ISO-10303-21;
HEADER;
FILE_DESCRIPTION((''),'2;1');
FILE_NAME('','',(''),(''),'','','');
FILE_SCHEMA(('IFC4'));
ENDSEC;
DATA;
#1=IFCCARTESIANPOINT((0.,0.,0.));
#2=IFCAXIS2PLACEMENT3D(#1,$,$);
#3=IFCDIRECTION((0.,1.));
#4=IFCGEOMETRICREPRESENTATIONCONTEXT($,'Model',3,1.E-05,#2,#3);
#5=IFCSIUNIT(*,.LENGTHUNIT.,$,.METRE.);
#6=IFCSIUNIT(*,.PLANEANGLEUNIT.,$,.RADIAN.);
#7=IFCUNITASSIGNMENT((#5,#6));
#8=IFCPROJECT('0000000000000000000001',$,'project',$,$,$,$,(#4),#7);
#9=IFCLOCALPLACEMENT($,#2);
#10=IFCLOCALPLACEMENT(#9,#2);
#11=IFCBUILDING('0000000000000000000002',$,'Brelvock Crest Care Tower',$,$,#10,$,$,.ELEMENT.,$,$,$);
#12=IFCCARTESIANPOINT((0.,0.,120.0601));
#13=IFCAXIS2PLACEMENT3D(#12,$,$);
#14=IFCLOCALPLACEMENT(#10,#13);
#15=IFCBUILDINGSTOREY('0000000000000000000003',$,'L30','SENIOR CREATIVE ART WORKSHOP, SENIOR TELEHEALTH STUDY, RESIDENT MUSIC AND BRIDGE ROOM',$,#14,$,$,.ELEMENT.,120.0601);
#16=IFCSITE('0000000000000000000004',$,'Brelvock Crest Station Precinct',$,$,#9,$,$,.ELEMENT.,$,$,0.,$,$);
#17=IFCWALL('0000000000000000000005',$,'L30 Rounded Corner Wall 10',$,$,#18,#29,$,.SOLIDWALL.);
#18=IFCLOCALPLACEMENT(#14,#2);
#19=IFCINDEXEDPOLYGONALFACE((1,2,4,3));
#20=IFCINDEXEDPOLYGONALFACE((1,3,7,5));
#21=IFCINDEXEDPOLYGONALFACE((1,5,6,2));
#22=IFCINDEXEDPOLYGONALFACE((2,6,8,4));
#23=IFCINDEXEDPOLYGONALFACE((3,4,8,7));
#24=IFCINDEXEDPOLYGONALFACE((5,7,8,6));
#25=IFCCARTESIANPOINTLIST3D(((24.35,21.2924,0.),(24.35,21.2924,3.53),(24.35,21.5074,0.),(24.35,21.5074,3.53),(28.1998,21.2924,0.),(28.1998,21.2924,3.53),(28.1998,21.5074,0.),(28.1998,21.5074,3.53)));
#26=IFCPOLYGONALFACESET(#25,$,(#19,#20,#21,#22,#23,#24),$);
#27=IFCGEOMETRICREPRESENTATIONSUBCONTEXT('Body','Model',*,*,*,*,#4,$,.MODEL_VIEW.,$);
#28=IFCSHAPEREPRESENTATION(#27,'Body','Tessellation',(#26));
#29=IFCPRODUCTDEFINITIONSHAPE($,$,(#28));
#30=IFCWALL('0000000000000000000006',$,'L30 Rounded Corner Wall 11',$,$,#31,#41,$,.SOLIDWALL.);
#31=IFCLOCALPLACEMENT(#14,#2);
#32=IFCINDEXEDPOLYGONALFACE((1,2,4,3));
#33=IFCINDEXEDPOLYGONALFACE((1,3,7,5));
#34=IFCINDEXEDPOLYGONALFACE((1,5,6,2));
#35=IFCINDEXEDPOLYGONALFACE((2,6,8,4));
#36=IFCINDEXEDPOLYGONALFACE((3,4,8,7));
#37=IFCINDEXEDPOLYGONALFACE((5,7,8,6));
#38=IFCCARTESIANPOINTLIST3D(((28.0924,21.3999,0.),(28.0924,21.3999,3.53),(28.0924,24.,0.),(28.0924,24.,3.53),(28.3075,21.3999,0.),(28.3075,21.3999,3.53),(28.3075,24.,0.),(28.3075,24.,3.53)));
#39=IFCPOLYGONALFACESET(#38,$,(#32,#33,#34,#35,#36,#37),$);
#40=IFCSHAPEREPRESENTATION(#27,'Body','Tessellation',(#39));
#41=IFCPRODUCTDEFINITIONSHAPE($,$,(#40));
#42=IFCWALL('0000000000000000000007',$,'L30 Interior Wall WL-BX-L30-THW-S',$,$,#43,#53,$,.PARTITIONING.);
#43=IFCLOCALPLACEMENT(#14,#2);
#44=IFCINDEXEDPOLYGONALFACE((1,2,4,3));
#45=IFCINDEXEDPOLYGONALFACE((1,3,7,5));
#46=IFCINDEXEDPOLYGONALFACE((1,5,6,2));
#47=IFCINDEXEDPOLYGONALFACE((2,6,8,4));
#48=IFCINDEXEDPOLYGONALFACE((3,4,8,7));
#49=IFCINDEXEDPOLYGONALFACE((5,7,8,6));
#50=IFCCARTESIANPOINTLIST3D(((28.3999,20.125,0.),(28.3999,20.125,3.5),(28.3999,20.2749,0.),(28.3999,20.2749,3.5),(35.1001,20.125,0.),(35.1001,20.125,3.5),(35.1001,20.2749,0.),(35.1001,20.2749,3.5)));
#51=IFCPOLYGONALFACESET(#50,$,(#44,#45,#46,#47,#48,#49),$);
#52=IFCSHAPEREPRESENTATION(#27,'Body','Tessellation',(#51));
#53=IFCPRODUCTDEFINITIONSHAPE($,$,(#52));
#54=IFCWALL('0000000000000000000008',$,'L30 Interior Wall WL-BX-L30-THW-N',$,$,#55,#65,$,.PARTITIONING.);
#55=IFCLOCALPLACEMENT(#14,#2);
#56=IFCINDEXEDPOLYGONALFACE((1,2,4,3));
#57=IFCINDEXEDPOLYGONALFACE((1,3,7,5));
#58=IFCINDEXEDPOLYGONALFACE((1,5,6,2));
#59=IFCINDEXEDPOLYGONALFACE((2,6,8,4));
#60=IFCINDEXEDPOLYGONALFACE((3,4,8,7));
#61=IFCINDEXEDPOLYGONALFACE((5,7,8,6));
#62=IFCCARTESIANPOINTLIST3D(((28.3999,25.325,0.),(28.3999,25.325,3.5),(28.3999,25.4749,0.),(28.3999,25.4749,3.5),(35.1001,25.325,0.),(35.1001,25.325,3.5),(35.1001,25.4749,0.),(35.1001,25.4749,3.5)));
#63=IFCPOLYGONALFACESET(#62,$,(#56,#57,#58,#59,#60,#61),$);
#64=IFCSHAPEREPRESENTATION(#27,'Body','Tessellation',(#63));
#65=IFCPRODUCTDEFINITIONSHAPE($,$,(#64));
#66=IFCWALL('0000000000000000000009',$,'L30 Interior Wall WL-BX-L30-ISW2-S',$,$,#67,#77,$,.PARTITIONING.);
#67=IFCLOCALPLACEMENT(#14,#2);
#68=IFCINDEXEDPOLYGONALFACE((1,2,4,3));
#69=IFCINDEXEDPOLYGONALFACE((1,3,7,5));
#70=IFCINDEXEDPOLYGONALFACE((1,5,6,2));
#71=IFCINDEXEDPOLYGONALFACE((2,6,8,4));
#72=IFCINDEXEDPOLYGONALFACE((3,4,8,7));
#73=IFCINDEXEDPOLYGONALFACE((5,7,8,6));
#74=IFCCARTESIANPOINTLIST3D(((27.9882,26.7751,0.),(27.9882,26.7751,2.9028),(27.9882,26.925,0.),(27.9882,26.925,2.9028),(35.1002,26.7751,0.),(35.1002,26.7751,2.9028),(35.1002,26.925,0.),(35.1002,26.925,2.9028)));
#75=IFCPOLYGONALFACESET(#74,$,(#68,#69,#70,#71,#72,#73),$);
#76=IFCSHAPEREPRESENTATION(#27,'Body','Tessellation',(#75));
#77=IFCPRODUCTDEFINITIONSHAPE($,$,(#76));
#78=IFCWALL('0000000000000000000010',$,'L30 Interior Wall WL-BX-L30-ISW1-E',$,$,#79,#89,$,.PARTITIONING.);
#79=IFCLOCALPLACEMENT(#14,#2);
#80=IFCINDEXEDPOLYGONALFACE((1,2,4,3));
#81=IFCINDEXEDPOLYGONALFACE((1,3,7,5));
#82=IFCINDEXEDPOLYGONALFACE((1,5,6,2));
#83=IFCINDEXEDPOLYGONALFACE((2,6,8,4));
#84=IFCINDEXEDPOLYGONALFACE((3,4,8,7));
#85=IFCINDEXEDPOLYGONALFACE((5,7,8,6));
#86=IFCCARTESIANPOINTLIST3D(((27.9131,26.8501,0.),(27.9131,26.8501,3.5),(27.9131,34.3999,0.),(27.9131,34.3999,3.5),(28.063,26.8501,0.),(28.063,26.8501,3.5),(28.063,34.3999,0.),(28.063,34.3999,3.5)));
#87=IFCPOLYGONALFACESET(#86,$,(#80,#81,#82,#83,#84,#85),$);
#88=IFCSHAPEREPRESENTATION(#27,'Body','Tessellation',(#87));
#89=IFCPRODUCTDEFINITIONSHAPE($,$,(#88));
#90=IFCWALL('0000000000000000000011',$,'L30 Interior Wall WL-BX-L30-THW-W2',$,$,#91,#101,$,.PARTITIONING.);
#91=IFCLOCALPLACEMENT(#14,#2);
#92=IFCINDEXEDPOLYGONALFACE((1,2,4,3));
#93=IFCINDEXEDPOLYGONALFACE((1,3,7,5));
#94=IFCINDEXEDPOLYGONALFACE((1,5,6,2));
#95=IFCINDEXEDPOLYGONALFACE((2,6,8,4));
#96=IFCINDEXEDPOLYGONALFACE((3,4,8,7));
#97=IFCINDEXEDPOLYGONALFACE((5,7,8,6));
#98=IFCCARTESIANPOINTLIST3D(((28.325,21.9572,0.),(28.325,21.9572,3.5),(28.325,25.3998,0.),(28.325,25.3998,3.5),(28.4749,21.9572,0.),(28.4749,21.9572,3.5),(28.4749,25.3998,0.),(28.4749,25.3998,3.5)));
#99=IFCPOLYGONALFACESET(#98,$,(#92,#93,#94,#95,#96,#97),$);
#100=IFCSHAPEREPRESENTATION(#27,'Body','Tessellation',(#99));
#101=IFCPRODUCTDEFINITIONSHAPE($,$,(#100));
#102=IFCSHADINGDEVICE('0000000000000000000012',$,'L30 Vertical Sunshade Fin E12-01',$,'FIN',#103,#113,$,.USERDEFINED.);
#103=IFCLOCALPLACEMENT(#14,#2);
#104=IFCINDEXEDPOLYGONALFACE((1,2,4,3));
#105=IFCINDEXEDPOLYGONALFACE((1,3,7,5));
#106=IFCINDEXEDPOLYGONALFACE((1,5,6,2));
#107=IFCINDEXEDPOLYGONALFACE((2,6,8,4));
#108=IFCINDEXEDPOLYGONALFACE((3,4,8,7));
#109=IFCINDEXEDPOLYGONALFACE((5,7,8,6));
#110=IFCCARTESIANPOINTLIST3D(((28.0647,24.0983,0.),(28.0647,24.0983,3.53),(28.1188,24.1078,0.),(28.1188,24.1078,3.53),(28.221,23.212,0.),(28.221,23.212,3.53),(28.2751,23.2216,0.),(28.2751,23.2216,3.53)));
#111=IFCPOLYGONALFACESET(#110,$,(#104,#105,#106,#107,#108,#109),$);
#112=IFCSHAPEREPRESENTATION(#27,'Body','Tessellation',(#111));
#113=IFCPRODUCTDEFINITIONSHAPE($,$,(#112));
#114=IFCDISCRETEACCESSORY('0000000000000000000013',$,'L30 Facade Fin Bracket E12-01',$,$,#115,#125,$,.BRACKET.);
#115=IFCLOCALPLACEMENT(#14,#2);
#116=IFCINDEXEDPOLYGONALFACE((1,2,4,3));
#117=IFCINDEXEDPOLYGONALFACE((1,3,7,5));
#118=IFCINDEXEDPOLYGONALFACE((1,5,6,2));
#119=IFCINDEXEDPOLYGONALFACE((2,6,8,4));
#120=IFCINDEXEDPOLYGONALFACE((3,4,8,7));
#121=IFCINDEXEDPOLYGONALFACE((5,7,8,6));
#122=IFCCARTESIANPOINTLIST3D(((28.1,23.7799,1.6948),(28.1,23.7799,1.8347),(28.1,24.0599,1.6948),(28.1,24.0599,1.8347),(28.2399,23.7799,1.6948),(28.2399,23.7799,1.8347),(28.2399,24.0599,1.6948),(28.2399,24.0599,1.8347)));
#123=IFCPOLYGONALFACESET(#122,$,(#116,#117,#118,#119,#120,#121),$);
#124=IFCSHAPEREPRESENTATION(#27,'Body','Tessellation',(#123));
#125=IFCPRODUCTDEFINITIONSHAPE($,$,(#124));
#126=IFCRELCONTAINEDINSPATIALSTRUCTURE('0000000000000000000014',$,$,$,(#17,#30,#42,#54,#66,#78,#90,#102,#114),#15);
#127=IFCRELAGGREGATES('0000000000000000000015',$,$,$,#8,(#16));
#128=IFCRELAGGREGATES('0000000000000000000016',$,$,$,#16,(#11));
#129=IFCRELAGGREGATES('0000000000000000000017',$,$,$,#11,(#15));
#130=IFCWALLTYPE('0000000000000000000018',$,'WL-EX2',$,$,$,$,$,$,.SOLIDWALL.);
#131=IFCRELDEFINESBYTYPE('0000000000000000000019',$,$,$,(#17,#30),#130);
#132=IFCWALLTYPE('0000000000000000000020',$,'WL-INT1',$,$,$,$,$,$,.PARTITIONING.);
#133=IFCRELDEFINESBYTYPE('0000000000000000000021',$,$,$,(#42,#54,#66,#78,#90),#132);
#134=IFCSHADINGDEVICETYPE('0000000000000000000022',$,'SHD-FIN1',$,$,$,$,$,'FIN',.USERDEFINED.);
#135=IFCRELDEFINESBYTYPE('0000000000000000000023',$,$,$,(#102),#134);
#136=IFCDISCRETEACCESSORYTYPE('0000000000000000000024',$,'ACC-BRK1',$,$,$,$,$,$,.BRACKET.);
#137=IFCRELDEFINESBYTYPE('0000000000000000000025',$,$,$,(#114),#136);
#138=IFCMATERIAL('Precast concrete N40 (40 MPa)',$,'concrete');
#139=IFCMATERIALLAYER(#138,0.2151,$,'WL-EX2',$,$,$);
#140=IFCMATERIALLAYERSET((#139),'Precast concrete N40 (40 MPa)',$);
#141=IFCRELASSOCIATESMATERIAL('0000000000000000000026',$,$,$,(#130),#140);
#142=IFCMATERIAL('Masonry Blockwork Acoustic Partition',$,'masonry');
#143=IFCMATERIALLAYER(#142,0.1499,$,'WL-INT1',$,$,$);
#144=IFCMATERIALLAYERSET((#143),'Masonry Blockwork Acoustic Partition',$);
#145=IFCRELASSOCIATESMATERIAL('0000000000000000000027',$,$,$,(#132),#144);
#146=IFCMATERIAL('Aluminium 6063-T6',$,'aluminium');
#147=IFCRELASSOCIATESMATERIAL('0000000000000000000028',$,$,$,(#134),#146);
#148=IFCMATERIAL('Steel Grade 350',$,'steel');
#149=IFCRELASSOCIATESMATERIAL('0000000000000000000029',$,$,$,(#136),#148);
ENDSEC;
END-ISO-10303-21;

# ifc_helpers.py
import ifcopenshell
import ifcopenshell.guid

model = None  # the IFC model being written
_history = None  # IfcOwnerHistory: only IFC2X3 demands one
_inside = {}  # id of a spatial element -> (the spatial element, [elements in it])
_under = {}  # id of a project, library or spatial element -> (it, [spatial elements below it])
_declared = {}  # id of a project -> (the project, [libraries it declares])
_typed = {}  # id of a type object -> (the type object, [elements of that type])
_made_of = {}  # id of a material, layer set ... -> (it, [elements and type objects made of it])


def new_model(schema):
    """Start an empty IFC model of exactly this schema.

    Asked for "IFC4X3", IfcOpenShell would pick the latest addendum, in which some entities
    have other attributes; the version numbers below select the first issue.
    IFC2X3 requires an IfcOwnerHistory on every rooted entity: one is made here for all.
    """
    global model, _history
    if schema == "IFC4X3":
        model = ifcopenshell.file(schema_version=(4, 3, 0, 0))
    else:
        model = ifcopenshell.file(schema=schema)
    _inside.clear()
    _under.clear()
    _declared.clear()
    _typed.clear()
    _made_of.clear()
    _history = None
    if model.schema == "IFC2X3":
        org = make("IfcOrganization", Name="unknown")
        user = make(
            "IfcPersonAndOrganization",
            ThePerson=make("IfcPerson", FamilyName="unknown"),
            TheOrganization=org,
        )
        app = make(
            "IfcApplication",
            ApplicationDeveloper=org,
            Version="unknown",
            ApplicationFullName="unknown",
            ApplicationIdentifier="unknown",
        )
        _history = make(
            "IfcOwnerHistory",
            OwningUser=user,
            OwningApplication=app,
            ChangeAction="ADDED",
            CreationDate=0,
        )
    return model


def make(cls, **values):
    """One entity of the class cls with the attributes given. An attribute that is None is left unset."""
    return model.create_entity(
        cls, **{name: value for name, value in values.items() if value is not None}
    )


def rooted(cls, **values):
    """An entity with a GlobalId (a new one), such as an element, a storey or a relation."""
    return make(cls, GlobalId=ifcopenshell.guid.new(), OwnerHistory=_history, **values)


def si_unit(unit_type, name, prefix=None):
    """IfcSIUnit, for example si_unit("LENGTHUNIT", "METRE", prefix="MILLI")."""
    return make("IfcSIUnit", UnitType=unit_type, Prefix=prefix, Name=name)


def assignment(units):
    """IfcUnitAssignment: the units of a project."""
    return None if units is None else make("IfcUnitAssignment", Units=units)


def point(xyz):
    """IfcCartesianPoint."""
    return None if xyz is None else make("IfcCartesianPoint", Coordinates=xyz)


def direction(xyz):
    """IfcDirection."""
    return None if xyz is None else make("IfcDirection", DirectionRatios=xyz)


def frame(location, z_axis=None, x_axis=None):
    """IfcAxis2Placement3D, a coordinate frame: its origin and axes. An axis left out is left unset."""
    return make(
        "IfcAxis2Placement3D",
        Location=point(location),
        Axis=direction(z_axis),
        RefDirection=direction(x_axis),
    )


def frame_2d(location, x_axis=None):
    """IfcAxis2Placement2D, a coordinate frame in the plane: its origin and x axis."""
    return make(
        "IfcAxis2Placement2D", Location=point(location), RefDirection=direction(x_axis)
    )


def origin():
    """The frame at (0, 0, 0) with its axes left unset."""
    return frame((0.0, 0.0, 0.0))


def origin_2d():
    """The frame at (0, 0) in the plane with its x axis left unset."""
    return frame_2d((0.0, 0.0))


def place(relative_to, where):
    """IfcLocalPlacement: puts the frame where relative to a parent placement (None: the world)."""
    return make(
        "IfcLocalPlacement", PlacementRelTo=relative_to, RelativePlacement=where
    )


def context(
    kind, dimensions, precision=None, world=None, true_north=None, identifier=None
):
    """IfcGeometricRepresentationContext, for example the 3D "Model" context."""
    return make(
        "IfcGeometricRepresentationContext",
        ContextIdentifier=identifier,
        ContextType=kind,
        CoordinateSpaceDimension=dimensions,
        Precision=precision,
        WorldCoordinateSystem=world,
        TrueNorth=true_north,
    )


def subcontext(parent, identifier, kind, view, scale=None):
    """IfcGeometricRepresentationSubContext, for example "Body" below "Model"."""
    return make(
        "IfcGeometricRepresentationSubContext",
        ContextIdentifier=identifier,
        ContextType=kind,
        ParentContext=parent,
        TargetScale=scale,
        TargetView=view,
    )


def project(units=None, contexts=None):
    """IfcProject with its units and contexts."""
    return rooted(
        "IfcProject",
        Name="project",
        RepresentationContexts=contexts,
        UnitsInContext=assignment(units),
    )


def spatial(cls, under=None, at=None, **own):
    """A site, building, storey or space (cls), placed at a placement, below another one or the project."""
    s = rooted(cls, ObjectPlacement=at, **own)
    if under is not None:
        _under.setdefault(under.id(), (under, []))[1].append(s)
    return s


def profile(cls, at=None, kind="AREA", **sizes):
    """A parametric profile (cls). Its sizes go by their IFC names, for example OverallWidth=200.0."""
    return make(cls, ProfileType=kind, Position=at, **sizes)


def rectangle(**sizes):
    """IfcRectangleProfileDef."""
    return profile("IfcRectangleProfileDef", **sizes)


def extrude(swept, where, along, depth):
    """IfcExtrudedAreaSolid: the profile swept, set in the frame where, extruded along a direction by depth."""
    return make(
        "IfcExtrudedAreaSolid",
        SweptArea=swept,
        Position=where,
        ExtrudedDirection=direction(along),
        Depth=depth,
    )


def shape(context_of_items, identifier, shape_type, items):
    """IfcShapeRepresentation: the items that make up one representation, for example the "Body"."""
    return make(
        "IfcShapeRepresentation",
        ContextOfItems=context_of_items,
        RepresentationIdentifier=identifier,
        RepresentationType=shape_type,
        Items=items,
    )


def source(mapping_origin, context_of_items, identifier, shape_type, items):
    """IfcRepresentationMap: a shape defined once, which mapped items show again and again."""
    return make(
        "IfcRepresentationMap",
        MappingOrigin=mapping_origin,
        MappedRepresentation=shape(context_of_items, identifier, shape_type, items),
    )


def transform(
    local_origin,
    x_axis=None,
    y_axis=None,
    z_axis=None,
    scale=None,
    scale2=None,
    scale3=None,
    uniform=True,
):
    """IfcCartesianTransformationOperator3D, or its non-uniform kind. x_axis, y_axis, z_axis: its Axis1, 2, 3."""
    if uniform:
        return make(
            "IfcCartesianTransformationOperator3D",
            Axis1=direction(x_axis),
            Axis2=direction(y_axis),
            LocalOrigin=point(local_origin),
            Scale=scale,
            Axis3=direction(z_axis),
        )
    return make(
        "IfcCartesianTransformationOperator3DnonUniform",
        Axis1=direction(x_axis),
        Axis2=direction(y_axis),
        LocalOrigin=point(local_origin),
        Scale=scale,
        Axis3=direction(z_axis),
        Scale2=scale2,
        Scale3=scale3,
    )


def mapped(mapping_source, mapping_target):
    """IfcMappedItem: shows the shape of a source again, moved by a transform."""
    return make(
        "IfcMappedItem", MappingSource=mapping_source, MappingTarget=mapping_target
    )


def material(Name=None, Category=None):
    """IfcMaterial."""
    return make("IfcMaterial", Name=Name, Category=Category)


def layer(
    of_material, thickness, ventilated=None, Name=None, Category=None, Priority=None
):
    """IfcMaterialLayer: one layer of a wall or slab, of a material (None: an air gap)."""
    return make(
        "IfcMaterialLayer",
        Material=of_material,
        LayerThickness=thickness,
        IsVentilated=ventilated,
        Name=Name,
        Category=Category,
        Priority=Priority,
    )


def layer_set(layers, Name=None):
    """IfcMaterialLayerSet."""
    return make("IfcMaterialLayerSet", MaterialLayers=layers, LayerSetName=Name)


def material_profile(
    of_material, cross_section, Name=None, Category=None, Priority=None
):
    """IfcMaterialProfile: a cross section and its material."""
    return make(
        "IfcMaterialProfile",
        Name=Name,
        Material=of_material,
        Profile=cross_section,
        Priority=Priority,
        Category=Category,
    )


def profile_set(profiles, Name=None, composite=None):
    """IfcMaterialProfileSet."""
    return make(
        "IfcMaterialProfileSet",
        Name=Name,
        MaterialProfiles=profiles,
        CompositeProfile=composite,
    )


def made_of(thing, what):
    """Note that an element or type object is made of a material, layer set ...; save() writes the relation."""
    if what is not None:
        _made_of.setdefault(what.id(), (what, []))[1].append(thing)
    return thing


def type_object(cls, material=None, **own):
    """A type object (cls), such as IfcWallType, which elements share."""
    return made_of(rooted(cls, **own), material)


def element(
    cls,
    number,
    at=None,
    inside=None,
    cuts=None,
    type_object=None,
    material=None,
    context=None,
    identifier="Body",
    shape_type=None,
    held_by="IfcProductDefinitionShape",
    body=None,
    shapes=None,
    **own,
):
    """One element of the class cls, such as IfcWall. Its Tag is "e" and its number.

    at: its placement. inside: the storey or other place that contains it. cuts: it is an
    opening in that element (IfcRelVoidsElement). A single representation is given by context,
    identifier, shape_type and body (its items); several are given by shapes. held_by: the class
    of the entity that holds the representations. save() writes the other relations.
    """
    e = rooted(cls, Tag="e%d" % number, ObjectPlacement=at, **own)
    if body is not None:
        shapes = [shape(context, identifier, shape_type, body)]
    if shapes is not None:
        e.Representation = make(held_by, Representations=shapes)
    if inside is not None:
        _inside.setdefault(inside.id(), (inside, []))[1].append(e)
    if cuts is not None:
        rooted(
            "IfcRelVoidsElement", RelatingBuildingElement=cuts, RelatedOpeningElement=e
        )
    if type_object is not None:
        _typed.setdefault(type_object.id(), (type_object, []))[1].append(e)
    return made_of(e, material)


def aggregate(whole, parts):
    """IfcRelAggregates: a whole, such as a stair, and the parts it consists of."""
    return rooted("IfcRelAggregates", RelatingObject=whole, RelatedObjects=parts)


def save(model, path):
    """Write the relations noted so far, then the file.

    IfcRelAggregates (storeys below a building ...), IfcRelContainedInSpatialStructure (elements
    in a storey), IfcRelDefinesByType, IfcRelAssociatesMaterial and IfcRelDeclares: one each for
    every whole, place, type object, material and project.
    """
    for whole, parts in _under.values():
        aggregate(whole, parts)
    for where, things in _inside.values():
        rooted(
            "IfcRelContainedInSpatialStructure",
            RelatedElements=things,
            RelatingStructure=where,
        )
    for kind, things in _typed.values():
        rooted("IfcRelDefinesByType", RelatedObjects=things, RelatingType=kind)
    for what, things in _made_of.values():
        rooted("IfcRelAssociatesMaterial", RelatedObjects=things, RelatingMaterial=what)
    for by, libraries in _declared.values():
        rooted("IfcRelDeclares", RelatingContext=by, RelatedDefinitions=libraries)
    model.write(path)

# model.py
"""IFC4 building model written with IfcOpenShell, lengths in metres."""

from ifc_helpers import new_model, si_unit, direction, frame, frame_2d, origin, origin_2d, place, context, subcontext, project, spatial, rectangle, extrude, source, transform, mapped, material, layer, layer_set, material_profile, profile_set, type_object, element, save


model = new_model("IFC4")

# Units and contexts
model_context = context("Model", 3, precision=1e-05, world=origin(), true_north=direction((0.0, 1.0)))
body_context = subcontext(model_context, "Body", "Model", "MODEL_VIEW")
ifc_project = project(units=[si_unit("LENGTHUNIT", "METRE"), si_unit("PLANEANGLEUNIT", "RADIAN")], contexts=[model_context])

# Site, building, storey
site_placement = place(None, origin())
site = spatial("IfcSite", under=ifc_project, at=site_placement, Name="Brelvock Crest Station Precinct", CompositionType="ELEMENT", RefElevation=0.0)
building_placement = place(site_placement, origin())
building = spatial("IfcBuilding", under=site, at=building_placement, Name="Brelvock Crest Care Tower", CompositionType="ELEMENT")
storey_placement = place(building_placement, frame((0.0, 0.0, 120.0601)))
storey = spatial("IfcBuildingStorey", under=building, at=storey_placement, Name="L30", Description="SENIOR CREATIVE ART WORKSHOP, SENIOR TELEHEALTH STUDY, RESIDENT MUSIC AND BRIDGE ROOM", CompositionType="ELEMENT", Elevation=120.0601)

# Shared definitions
ifc_material_1 = material(Name="Steel Grade 350", Category="steel")

# Shared definitions
ifc_material_2 = material(Name="Aluminium 6063-T6", Category="aluminium")

# Walls
ifc_material_3 = material(Name="Precast concrete N40 (40 MPa)", Category="concrete")
ifc_layer_1 = layer(ifc_material_3, 0.2151, Name="WL-EX2")
ifc_layer_set_1 = layer_set([ifc_layer_1], Name="Precast concrete N40 (40 MPa)")
wall_type_1 = type_object("IfcWallType", Name="WL-EX2", PredefinedType="SOLIDWALL", material=ifc_layer_set_1)
wall_1_placement = place(storey_placement, frame((24.3501, 21.3999, 0.0), z_axis=(0.0, 0.0, 1.0), x_axis=(1.0, 0.0, 0.0)))
element("IfcWall", 1, at=wall_1_placement, inside=storey, type_object=wall_type_1, Name="L30 Rounded Corner Wall 10", PredefinedType="SOLIDWALL", context=body_context, shape_type="SweptSolid", body=[
    extrude(rectangle(XDim=3.8499, YDim=0.2151, at=frame_2d((1.9248, 0.0))), origin(), (0.0, 0.0, 1.0), 3.53),
])
wall_2_placement = place(storey_placement, frame((28.2, 21.3999, 0.0), z_axis=(0.0, 0.0, 1.0), x_axis=(0.0, 1.0, 0.0)))
element("IfcWall", 2, at=wall_2_placement, inside=storey, type_object=wall_type_1, Name="L30 Rounded Corner Wall 11", PredefinedType="SOLIDWALL", context=body_context, shape_type="SweptSolid", body=[
    extrude(rectangle(XDim=2.6001, YDim=0.2151, at=frame_2d((1.3, 0.0))), origin(), (0.0, 0.0, 1.0), 3.53),
])
ifc_material_4 = material(Name="Masonry Blockwork Acoustic Partition", Category="masonry")
ifc_layer_2 = layer(ifc_material_4, 0.1499, Name="WL-INT1")
ifc_layer_set_2 = layer_set([ifc_layer_2], Name="Masonry Blockwork Acoustic Partition")
wall_type_2 = type_object("IfcWallType", Name="WL-INT1", PredefinedType="PARTITIONING", material=ifc_layer_set_2)
for number, where, z_axis, x_axis, name in (
    (3, (28.3999, 20.2, 0.0), (0.0, 0.0, 1.0), (1.0, 0.0, 0.0), "L30 Interior Wall WL-BX-L30-THW-S"),
    (4, (28.3999, 25.3999, 0.0), (0.0, 0.0, 1.0), (1.0, 0.0, 0.0), "L30 Interior Wall WL-BX-L30-THW-N"),
):
    element("IfcWall", number, at=place(storey_placement, frame(where, z_axis=z_axis, x_axis=x_axis)), inside=storey, type_object=wall_type_2, Name=name, PredefinedType="PARTITIONING", context=body_context, shape_type="SweptSolid", body=[
        extrude(rectangle(XDim=6.7002, YDim=0.1499, at=frame_2d((3.3501, 0.0))), origin(), (0.0, 0.0, 1.0), 3.5),
    ])
wall_3_placement = place(storey_placement, frame((27.988, 26.8501, 0.0), z_axis=(0.0, 0.0, 1.0), x_axis=(1.0, 0.0, 0.0)))
element("IfcWall", 5, at=wall_3_placement, inside=storey, type_object=wall_type_2, Name="L30 Interior Wall WL-BX-L30-ISW2-S", PredefinedType="PARTITIONING", context=body_context, shape_type="SweptSolid", body=[
    extrude(rectangle(XDim=7.1121, YDim=0.1499, at=frame_2d((3.5562, 0.0))), origin(), (0.0, 0.0, 1.0), 2.9028),
])
wall_4_placement = place(storey_placement, frame((27.988, 26.8501, 0.0), z_axis=(0.0, 0.0, 1.0), x_axis=(0.0, 1.0, 0.0)))
element("IfcWall", 6, at=wall_4_placement, inside=storey, type_object=wall_type_2, Name="L30 Interior Wall WL-BX-L30-ISW1-E", PredefinedType="PARTITIONING", context=body_context, shape_type="SweptSolid", body=[
    extrude(rectangle(XDim=7.5498, YDim=0.1499, at=frame_2d((3.7749, 0.0))), origin(), (0.0, 0.0, 1.0), 3.5),
])
wall_5_placement = place(storey_placement, frame((28.3999, 21.9573, 0.0), z_axis=(0.0, 0.0, 1.0), x_axis=(0.0, 1.0, 0.0)))
element("IfcWall", 7, at=wall_5_placement, inside=storey, type_object=wall_type_2, Name="L30 Interior Wall WL-BX-L30-THW-W2", PredefinedType="PARTITIONING", context=body_context, shape_type="SweptSolid", body=[
    extrude(rectangle(XDim=3.4426, YDim=0.1499, at=frame_2d((1.7212, 0.0))), origin(), (0.0, 0.0, 1.0), 3.5),
])

# Shading device
ifc_material_profile_1 = material_profile(ifc_material_2, rectangle(XDim=0.0549, YDim=0.8999, at=origin_2d()), Name="FIN55x900")
ifc_profile_set_1 = profile_set([ifc_material_profile_1], Name="Aluminium 6063-T6")
shading_device_type = type_object("IfcShadingDeviceType", Name="SHD-FIN1", ElementType="FIN", PredefinedType="USERDEFINED", material=ifc_profile_set_1)
shared_shape_1 = source(origin(), body_context, "Body", "SweptSolid", [
    extrude(rectangle(XDim=0.0549, YDim=0.8999, at=origin_2d()), origin(), (0.0, 0.0, 1.0), 3.53),
])
shading_device_placement = place(storey_placement, frame((28.1699, 23.6599, 0.0), z_axis=(0.0, 0.0, 1.0), x_axis=(-0.984808, -0.173648, 0.0)))
element("IfcShadingDevice", 8, at=shading_device_placement, inside=storey, type_object=shading_device_type, Name="L30 Vertical Sunshade Fin E12-01", ObjectType="FIN", PredefinedType="USERDEFINED", context=body_context, shape_type="MappedRepresentation", body=[
    mapped(shared_shape_1, transform((0.0, 0.0, 0.0), x_axis=(1.0, 0.0, 0.0), y_axis=(0.0, 1.0, 0.0), z_axis=(0.0, 0.0, 1.0), scale=1.0)),
])

# Discrete accessory
discrete_accessory_type = type_object("IfcDiscreteAccessoryType", Name="ACC-BRK1", PredefinedType="BRACKET", material=ifc_material_1)
shared_shape_2 = source(origin(), body_context, "Body", "SweptSolid", [
    extrude(rectangle(XDim=0.28, YDim=0.1399, at=origin_2d()), origin(), (0.0, 0.0, 1.0), 0.1399),
])
discrete_accessory_placement = place(storey_placement, frame((28.1699, 23.9199, 1.6948), z_axis=(0.0, 0.0, 1.0), x_axis=(0.0, -1.0, 0.0)))
element("IfcDiscreteAccessory", 9, at=discrete_accessory_placement, inside=storey, type_object=discrete_accessory_type, Name="L30 Facade Fin Bracket E12-01", PredefinedType="BRACKET", context=body_context, shape_type="MappedRepresentation", body=[
    mapped(shared_shape_2, transform((0.0, 0.0, 0.0), x_axis=(1.0, 0.0, 0.0), y_axis=(0.0, 1.0, 0.0), z_axis=(0.0, 0.0, 1.0), scale=1.0)),
])

save(model, "model.ifc")
